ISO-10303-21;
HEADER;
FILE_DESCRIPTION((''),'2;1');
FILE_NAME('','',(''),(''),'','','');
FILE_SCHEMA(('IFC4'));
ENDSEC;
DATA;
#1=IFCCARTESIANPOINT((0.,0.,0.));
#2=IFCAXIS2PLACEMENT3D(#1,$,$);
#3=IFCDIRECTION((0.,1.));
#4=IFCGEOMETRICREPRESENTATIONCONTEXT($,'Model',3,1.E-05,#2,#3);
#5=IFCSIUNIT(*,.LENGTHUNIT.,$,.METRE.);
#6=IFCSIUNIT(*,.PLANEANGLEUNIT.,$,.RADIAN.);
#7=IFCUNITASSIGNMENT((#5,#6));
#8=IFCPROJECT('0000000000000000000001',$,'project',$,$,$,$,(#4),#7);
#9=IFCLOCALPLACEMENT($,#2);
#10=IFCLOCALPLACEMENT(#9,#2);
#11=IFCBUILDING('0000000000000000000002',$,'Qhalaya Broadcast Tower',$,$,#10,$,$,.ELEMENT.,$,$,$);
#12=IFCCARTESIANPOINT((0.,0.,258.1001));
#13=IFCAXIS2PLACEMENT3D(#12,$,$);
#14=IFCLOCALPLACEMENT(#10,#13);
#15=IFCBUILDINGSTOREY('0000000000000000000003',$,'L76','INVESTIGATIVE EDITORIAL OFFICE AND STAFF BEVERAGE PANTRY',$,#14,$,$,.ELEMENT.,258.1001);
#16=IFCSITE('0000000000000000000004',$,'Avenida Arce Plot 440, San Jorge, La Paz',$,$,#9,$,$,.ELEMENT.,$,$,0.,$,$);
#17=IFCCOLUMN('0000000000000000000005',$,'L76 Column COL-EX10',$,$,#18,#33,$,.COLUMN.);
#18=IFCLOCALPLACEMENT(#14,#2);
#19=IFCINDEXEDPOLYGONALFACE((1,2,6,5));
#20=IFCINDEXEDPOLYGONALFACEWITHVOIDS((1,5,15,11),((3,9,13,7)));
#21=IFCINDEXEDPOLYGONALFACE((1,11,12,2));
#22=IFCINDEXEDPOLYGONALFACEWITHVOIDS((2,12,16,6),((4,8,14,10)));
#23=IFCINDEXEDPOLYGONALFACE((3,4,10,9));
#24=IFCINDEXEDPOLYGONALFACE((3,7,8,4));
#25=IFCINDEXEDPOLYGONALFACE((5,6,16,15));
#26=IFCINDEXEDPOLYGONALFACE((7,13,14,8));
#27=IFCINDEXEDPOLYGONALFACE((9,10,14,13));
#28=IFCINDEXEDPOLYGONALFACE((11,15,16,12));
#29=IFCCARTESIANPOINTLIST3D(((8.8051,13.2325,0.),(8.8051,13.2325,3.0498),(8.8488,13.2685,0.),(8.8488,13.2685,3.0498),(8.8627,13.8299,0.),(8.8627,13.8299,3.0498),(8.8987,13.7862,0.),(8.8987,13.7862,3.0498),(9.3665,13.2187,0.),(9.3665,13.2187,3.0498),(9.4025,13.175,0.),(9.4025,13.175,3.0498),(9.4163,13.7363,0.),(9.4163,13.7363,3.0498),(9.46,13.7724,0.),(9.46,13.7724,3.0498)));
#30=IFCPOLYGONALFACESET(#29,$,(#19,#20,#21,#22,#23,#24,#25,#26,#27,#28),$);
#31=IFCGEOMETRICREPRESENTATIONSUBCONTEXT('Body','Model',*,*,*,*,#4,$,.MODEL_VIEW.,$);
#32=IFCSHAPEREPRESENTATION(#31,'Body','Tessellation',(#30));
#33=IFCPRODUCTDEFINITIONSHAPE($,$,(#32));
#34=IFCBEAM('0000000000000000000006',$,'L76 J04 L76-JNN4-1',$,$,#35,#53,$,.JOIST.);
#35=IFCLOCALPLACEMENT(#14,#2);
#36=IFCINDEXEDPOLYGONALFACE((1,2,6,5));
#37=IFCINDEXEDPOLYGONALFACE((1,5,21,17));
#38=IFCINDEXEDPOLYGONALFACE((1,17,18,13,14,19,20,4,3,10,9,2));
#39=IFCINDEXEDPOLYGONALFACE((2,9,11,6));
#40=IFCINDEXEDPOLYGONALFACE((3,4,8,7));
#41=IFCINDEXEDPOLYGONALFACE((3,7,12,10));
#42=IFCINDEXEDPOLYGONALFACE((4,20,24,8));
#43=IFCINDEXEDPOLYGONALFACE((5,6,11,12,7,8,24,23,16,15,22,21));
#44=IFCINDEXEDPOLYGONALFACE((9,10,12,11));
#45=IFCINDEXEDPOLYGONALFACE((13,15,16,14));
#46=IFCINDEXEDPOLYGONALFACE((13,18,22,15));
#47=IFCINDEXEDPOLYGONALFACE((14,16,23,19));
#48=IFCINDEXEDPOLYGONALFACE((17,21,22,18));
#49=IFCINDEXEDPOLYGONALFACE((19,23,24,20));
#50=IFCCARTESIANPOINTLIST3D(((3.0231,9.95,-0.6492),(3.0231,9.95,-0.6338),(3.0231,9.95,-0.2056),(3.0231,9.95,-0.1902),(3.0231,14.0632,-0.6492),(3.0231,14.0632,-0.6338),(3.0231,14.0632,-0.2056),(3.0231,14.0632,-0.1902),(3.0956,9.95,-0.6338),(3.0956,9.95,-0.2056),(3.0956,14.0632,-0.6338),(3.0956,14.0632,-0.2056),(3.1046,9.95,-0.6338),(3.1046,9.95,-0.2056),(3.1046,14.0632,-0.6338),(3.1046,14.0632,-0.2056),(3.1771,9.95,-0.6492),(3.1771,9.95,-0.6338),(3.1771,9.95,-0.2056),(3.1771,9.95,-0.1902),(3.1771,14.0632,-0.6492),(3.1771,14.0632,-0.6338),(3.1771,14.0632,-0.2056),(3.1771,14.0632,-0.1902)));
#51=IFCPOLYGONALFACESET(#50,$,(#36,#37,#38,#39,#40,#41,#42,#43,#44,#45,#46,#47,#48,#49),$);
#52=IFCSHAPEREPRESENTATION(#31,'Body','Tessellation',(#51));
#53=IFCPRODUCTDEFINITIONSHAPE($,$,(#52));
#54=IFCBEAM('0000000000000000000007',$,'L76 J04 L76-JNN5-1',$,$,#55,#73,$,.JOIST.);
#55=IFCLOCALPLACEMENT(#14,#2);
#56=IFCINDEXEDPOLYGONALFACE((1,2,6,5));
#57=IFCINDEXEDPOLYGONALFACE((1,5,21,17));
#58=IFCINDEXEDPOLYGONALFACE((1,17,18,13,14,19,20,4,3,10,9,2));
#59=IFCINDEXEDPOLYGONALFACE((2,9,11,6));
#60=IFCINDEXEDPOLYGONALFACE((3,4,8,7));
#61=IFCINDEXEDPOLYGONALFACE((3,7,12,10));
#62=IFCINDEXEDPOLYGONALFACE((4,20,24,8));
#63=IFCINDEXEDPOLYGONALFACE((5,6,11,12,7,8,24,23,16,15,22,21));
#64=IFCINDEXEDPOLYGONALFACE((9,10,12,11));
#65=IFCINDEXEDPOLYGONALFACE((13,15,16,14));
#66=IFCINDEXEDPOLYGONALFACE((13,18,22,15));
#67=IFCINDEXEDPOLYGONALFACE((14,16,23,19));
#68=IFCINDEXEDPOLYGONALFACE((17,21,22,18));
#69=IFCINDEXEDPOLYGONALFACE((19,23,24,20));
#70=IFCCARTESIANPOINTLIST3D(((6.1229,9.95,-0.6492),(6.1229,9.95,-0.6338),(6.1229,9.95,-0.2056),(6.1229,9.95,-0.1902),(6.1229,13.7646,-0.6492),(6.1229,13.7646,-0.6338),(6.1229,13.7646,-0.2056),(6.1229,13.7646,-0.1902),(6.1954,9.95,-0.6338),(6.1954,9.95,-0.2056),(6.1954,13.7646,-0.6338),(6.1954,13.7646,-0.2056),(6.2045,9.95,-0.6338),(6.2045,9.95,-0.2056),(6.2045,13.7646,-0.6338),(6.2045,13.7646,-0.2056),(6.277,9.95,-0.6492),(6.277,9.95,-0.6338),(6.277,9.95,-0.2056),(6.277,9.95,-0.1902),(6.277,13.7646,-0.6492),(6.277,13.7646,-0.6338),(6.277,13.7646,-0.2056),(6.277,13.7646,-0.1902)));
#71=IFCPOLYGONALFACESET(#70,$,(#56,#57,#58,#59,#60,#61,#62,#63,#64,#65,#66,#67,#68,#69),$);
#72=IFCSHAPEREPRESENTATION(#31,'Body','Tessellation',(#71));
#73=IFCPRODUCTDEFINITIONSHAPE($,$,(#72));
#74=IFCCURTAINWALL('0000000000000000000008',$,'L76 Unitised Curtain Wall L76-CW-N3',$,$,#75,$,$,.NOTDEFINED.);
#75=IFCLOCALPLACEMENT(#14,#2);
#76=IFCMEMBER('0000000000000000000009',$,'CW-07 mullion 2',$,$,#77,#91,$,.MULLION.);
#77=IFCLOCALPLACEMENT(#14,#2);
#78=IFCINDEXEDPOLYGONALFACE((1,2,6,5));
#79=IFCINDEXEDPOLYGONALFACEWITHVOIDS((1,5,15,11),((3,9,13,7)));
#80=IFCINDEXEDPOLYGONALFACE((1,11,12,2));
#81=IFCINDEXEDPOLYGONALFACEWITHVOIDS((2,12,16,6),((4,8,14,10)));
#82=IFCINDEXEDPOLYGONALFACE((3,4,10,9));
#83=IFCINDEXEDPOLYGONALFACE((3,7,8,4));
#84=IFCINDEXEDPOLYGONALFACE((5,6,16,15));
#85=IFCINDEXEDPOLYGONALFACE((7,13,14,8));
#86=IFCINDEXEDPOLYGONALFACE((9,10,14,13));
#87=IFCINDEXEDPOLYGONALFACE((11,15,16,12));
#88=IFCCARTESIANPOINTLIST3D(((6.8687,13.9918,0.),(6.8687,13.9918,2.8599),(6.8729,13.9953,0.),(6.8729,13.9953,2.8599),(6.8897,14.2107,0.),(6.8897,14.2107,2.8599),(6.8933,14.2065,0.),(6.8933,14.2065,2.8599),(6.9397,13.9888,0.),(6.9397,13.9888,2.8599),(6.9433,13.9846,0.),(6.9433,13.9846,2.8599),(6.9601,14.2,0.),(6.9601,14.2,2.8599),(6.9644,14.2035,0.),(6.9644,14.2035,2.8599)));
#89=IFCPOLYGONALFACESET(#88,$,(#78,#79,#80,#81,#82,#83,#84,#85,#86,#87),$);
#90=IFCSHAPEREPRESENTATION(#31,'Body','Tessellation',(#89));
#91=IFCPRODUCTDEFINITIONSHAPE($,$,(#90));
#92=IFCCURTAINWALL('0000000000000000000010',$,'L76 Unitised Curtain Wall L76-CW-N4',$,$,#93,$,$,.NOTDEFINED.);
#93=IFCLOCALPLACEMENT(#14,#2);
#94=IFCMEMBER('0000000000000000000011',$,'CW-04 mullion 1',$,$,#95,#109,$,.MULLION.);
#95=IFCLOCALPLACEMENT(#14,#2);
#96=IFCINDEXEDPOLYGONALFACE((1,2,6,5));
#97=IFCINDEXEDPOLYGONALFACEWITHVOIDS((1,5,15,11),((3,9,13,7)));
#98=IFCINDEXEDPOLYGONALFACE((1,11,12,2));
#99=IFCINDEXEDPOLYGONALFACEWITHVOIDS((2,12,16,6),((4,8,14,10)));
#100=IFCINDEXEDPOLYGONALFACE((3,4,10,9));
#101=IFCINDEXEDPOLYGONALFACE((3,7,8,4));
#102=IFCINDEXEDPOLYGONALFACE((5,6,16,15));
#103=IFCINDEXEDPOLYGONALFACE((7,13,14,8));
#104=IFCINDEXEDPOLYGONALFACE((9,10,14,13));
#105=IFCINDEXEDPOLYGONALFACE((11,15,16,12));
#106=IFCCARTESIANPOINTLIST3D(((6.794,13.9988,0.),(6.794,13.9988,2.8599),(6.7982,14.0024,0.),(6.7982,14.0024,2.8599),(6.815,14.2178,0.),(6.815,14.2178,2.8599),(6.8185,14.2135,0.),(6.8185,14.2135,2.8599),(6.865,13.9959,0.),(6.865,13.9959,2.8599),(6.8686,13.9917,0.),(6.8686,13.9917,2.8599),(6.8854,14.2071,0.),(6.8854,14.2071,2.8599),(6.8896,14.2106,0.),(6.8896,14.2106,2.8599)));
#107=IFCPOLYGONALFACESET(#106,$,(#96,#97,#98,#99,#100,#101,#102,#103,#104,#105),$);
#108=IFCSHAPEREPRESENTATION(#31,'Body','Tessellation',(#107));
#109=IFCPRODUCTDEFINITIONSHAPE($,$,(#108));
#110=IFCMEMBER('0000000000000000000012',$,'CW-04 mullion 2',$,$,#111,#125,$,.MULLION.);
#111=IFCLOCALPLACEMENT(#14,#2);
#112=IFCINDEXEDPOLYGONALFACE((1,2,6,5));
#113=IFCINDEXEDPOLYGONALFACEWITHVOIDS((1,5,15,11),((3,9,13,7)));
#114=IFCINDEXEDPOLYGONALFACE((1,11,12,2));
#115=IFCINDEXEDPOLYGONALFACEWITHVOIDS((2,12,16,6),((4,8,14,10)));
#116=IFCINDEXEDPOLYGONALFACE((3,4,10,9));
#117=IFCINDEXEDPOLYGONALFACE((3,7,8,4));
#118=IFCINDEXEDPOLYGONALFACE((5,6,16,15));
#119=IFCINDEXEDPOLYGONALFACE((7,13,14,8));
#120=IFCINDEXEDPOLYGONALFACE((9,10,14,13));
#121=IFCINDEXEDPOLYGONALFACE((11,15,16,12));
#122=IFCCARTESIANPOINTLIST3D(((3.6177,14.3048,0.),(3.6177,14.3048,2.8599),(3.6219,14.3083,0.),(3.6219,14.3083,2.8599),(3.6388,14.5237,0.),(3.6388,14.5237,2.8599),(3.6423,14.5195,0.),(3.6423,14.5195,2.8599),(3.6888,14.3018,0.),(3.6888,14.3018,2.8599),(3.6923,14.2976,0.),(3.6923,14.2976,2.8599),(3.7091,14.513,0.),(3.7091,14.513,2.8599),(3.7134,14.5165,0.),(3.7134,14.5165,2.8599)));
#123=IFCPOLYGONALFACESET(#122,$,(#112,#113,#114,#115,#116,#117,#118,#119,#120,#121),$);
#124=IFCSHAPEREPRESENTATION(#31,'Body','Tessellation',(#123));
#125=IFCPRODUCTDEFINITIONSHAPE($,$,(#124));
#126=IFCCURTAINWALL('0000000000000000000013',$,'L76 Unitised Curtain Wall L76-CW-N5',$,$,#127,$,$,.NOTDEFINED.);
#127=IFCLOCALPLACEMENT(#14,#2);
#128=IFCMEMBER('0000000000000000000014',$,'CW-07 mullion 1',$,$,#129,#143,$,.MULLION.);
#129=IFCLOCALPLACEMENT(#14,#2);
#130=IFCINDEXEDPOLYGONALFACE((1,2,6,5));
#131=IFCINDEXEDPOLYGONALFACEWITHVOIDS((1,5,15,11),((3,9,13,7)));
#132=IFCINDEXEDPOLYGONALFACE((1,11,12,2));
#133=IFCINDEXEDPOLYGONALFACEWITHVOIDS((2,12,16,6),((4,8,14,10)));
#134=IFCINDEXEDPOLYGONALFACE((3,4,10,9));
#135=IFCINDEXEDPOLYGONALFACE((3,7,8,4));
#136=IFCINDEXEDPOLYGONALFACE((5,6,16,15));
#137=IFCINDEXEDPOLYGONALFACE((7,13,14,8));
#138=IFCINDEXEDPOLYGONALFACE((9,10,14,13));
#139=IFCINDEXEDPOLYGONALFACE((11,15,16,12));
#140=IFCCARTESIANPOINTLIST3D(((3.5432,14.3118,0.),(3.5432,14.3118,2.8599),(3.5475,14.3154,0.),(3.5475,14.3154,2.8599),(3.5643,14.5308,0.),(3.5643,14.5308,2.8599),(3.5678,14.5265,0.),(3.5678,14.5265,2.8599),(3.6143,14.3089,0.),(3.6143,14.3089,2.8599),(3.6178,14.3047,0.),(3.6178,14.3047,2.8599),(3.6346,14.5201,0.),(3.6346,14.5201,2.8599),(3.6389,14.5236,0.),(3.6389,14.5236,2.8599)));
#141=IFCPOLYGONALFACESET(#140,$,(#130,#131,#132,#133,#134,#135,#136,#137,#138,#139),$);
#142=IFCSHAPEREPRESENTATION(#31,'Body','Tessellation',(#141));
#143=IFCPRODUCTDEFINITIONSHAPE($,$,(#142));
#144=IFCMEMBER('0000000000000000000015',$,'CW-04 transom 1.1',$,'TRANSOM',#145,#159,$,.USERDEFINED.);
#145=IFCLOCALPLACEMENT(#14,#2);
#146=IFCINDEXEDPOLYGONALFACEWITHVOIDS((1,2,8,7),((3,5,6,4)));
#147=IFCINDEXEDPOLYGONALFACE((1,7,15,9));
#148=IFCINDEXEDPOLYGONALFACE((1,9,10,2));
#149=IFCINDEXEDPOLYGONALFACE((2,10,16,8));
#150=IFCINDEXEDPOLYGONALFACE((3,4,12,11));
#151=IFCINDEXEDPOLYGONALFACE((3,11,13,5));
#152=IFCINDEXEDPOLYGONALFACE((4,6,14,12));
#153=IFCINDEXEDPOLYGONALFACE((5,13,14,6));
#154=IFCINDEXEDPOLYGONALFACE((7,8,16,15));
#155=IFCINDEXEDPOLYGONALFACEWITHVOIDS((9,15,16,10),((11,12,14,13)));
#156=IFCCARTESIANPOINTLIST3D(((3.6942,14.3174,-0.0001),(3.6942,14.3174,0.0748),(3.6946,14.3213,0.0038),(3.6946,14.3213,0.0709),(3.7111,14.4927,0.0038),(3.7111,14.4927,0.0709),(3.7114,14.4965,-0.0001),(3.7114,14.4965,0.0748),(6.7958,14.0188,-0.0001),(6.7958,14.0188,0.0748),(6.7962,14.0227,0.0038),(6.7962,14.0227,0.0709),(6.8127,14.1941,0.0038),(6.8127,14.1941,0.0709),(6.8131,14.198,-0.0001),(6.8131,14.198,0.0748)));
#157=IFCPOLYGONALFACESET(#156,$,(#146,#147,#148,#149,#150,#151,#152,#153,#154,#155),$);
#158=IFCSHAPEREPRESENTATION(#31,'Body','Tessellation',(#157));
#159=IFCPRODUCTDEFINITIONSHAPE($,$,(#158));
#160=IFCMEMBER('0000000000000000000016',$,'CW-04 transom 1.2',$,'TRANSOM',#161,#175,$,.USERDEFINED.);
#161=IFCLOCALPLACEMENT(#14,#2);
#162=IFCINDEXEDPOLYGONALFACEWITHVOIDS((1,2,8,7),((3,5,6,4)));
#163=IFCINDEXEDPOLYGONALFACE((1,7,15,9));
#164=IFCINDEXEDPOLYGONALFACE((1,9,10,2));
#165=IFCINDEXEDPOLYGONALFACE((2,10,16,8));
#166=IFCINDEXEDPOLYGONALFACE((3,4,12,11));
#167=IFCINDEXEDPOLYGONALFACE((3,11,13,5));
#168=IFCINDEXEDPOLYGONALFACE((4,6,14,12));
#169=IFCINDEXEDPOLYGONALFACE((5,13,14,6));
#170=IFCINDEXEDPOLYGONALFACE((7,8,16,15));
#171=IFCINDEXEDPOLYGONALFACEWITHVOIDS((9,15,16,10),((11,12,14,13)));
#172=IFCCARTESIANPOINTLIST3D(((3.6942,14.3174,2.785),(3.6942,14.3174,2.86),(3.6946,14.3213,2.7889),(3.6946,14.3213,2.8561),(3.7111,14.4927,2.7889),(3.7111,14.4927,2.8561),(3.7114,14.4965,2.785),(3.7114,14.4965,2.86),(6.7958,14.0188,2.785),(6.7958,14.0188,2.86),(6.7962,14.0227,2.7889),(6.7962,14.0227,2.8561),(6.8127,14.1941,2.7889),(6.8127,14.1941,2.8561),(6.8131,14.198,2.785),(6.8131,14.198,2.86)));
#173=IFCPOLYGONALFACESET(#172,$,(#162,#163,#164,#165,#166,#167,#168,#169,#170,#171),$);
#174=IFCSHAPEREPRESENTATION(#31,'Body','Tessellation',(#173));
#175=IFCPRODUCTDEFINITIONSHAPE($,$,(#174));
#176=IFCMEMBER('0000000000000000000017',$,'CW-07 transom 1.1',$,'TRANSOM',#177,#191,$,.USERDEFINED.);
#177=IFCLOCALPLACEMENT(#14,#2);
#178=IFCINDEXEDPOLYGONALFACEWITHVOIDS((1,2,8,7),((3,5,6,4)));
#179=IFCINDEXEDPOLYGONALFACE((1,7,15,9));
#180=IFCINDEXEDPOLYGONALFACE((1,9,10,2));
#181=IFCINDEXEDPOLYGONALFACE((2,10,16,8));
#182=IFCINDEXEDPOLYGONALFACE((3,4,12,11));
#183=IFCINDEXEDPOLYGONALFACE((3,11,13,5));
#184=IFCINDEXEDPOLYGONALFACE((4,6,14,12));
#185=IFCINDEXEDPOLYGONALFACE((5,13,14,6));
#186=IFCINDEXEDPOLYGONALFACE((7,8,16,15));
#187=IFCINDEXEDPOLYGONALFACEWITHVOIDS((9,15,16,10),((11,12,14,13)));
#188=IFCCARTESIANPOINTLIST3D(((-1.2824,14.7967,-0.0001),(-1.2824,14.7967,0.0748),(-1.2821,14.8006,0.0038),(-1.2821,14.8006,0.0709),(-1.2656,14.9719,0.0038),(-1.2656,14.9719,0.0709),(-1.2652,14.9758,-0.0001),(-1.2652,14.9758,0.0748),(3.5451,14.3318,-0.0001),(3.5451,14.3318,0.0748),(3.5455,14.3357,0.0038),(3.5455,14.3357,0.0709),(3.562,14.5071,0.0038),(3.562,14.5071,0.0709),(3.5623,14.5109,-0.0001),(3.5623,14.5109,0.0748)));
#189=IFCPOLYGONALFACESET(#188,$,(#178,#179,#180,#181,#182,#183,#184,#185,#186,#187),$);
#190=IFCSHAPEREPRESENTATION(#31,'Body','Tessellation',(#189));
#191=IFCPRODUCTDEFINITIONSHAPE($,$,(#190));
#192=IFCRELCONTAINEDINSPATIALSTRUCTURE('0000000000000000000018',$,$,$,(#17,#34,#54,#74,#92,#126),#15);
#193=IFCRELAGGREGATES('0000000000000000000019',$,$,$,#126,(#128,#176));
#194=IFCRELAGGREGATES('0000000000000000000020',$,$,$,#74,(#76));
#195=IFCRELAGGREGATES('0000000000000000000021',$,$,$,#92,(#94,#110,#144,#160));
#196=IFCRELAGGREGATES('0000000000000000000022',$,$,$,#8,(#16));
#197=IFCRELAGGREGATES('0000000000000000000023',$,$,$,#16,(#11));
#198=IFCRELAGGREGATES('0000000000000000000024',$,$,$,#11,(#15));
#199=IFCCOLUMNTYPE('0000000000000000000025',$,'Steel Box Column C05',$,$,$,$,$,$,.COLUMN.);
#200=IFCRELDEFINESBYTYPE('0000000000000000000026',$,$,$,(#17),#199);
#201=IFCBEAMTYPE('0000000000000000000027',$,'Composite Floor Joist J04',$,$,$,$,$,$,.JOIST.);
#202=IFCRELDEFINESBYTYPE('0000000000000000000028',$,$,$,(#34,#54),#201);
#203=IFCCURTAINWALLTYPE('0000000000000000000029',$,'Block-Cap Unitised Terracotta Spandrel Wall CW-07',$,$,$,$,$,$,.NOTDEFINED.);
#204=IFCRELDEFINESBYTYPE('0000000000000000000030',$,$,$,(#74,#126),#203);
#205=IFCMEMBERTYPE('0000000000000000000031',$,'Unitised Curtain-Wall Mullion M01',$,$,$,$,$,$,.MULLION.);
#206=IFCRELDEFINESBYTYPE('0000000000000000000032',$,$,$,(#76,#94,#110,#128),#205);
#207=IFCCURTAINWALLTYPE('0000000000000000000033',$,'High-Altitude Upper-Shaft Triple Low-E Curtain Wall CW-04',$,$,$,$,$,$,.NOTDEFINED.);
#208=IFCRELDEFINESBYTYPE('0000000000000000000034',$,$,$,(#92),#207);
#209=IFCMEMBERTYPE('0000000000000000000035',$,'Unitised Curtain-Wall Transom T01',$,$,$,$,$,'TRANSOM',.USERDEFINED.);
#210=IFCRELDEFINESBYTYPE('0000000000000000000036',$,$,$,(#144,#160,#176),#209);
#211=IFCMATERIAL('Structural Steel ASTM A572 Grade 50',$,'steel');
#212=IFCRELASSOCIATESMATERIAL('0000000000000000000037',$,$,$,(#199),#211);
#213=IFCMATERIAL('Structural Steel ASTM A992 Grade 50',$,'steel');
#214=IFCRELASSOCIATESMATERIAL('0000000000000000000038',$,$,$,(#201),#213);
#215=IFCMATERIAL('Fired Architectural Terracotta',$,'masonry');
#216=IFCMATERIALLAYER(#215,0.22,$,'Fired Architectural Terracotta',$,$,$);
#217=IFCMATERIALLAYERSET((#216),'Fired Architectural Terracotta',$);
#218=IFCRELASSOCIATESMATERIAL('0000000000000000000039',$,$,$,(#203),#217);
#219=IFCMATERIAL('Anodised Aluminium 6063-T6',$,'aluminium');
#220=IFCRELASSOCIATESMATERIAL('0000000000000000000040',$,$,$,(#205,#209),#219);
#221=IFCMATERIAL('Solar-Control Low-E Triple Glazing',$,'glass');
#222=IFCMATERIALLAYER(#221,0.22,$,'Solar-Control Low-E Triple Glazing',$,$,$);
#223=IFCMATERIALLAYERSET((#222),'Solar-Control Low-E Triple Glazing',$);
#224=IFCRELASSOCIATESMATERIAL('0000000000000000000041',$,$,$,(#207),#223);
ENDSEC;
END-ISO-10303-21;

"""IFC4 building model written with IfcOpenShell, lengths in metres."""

from ifc_helpers import new_model, si_unit, direction, frame, origin, origin_2d, place, context, subcontext, project, spatial, hollow_rectangle, i_section, extrude, material, layer, layer_set, material_profile, profile_set, type_object, element, aggregate, save


model = new_model("IFC4")

# Units and contexts
model_context = context("Model", 3, precision=1e-05, world=origin(), true_north=direction((0.0, 1.0)))
body_context = subcontext(model_context, "Body", "Model", "MODEL_VIEW")
ifc_project = project(units=[si_unit("LENGTHUNIT", "METRE"), si_unit("PLANEANGLEUNIT", "RADIAN")], contexts=[model_context])

# Site, building, storey
site_placement = place(None, origin())
site = spatial("IfcSite", under=ifc_project, at=site_placement, Name="Avenida Arce Plot 440, San Jorge, La Paz", CompositionType="ELEMENT", RefElevation=0.0)
building_placement = place(site_placement, origin())
building = spatial("IfcBuilding", under=site, at=building_placement, Name="Qhalaya Broadcast Tower", CompositionType="ELEMENT")
storey_placement = place(building_placement, frame((0.0, 0.0, 258.1001)))
storey = spatial("IfcBuildingStorey", under=building, at=storey_placement, Name="L76", Description="INVESTIGATIVE EDITORIAL OFFICE AND STAFF BEVERAGE PANTRY", CompositionType="ELEMENT", Elevation=258.1001)

# Column
ifc_material_1 = material(Name="Structural Steel ASTM A572 Grade 50", Category="steel")
ifc_material_profile_1 = material_profile(ifc_material_1, hollow_rectangle(XDim=0.6001, YDim=0.6001, WallThickness=0.04, at=origin_2d()), Name="BOX 600x600x40")
ifc_profile_set_1 = profile_set([ifc_material_profile_1], Name="Structural Steel ASTM A572 Grade 50")
column_type = type_object("IfcColumnType", Name="Steel Box Column C05", PredefinedType="COLUMN", material=ifc_profile_set_1)
column_placement = place(storey_placement, frame((9.1326, 13.5024, 0.0), z_axis=(0.0, 0.0, 1.0), x_axis=(0.995396, -0.095846, 0.0)))
element("IfcColumn", 1, at=column_placement, inside=storey, type_object=column_type, Name="L76 Column COL-EX10", PredefinedType="COLUMN", context=body_context, shape_type="SweptSolid", body=[
    extrude(hollow_rectangle(XDim=0.6001, YDim=0.6001, WallThickness=0.04, at=origin_2d()), origin(), (0.0, 0.0, 1.0), 3.0498),
])

# Beams
ifc_material_2 = material(Name="Structural Steel ASTM A992 Grade 50", Category="steel")
ifc_material_profile_2 = material_profile(ifc_material_2, i_section(OverallWidth=0.1541, OverallDepth=0.459, WebThickness=0.009, FlangeThickness=0.0154, at=origin_2d()), Name="W18X46")
ifc_profile_set_2 = profile_set([ifc_material_profile_2], Name="Structural Steel ASTM A992 Grade 50")
beam_type_1 = type_object("IfcBeamType", Name="Composite Floor Joist J04", PredefinedType="JOIST", material=ifc_profile_set_2)
beam_1_placement = place(storey_placement, frame((3.1001, 9.95, -0.4197), z_axis=(0.0, 1.0, 0.0), x_axis=(-1.0, 0.0, 0.0)))
element("IfcBeam", 2, at=beam_1_placement, inside=storey, type_object=beam_type_1, Name="L76 J04 L76-JNN4-1", PredefinedType="JOIST", context=body_context, shape_type="SweptSolid", body=[
    extrude(i_section(OverallWidth=0.1541, OverallDepth=0.459, WebThickness=0.009, FlangeThickness=0.0154, at=origin_2d()), origin(), (0.0, 0.0, 1.0), 4.1133),
])
beam_2_placement = place(storey_placement, frame((6.2, 9.95, -0.4197), z_axis=(0.0, 1.0, 0.0), x_axis=(-1.0, 0.0, 0.0)))
element("IfcBeam", 3, at=beam_2_placement, inside=storey, type_object=beam_type_1, Name="L76 J04 L76-JNN5-1", PredefinedType="JOIST", context=body_context, shape_type="SweptSolid", body=[
    extrude(i_section(OverallWidth=0.1541, OverallDepth=0.459, WebThickness=0.009, FlangeThickness=0.0154, at=origin_2d()), origin(), (0.0, 0.0, 1.0), 3.8147),
])

# Curtain wall, member
ifc_material_3 = material(Name="Fired Architectural Terracotta", Category="masonry")
ifc_layer_1 = layer(ifc_material_3, 0.22, Name="Fired Architectural Terracotta")
ifc_layer_set_1 = layer_set([ifc_layer_1], Name="Fired Architectural Terracotta")
curtain_wall_type_1 = type_object("IfcCurtainWallType", Name="Block-Cap Unitised Terracotta Spandrel Wall CW-07", PredefinedType="NOTDEFINED", material=ifc_layer_set_1)
curtain_wall_1_placement = place(storey_placement, origin())
curtain_wall_1 = element("IfcCurtainWall", 4, at=curtain_wall_1_placement, inside=storey, type_object=curtain_wall_type_1, Name="L76 Unitised Curtain Wall L76-CW-N3", PredefinedType="NOTDEFINED")
ifc_material_4 = material(Name="Anodised Aluminium 6063-T6", Category="aluminium")
ifc_material_profile_3 = material_profile(ifc_material_4, hollow_rectangle(XDim=0.075, YDim=0.22, WallThickness=0.0039, at=origin_2d()), Name="ALU-MUL 75x220x4")
ifc_profile_set_3 = profile_set([ifc_material_profile_3], Name="Anodised Aluminium 6063-T6")
member_type_1 = type_object("IfcMemberType", Name="Unitised Curtain-Wall Mullion M01", PredefinedType="MULLION", material=ifc_profile_set_3)
member_1_placement = place(storey_placement, frame((6.9165, 14.0977, 0.0), z_axis=(0.0, 0.0, 1.0), x_axis=(-0.995395, 0.09586, 0.0)))
member_1 = element("IfcMember", 5, at=member_1_placement, type_object=member_type_1, Name="CW-07 mullion 2", PredefinedType="MULLION", context=body_context, shape_type="SweptSolid", body=[
    extrude(hollow_rectangle(XDim=0.075, YDim=0.22, WallThickness=0.0039, at=origin_2d()), origin(), (0.0, 0.0, 1.0), 2.8599),
])

# Curtain wall, members
ifc_material_5 = material(Name="Solar-Control Low-E Triple Glazing", Category="glass")
ifc_layer_2 = layer(ifc_material_5, 0.22, Name="Solar-Control Low-E Triple Glazing")
ifc_layer_set_2 = layer_set([ifc_layer_2], Name="Solar-Control Low-E Triple Glazing")
curtain_wall_type_2 = type_object("IfcCurtainWallType", Name="High-Altitude Upper-Shaft Triple Low-E Curtain Wall CW-04", PredefinedType="NOTDEFINED", material=ifc_layer_set_2)
curtain_wall_2_placement = place(storey_placement, origin())
curtain_wall_2 = element("IfcCurtainWall", 6, at=curtain_wall_2_placement, inside=storey, type_object=curtain_wall_type_2, Name="L76 Unitised Curtain Wall L76-CW-N4", PredefinedType="NOTDEFINED")
member_2_placement = place(storey_placement, frame((6.8418, 14.1047, 0.0), z_axis=(0.0, 0.0, 1.0), x_axis=(-0.995397, 0.095838, 0.0)))
member_2 = element("IfcMember", 7, at=member_2_placement, type_object=member_type_1, Name="CW-04 mullion 1", PredefinedType="MULLION", context=body_context, shape_type="SweptSolid", body=[
    extrude(hollow_rectangle(XDim=0.075, YDim=0.22, WallThickness=0.0039, at=origin_2d()), origin(), (0.0, 0.0, 1.0), 2.8599),
])
member_3_placement = place(storey_placement, frame((3.6655, 14.4106, 0.0), z_axis=(0.0, 0.0, 1.0), x_axis=(-0.995397, 0.095838, 0.0)))
member_3 = element("IfcMember", 8, at=member_3_placement, type_object=member_type_1, Name="CW-04 mullion 2", PredefinedType="MULLION", context=body_context, shape_type="SweptSolid", body=[
    extrude(hollow_rectangle(XDim=0.075, YDim=0.22, WallThickness=0.0039, at=origin_2d()), origin(), (0.0, 0.0, 1.0), 2.8599),
])

# Curtain wall, member
curtain_wall_3_placement = place(storey_placement, origin())
curtain_wall_3 = element("IfcCurtainWall", 9, at=curtain_wall_3_placement, inside=storey, type_object=curtain_wall_type_1, Name="L76 Unitised Curtain Wall L76-CW-N5", PredefinedType="NOTDEFINED")
member_4_placement = place(storey_placement, frame((3.5911, 14.4177, 0.0), z_axis=(0.0, 0.0, 1.0), x_axis=(-0.995395, 0.09586, 0.0)))
member_4 = element("IfcMember", 10, at=member_4_placement, type_object=member_type_1, Name="CW-07 mullion 1", PredefinedType="MULLION", context=body_context, shape_type="SweptSolid", body=[
    extrude(hollow_rectangle(XDim=0.075, YDim=0.22, WallThickness=0.0039, at=origin_2d()), origin(), (0.0, 0.0, 1.0), 2.8599),
])

# Members
ifc_material_profile_4 = material_profile(ifc_material_4, hollow_rectangle(XDim=0.075, YDim=0.1799, WallThickness=0.0039, at=origin_2d()), Name="ALU-TRN 75x180x4")
ifc_profile_set_4 = profile_set([ifc_material_profile_4], Name="Anodised Aluminium 6063-T6")
member_type_2 = type_object("IfcMemberType", Name="Unitised Curtain-Wall Transom T01", ElementType="TRANSOM", PredefinedType="USERDEFINED", material=ifc_profile_set_4)
member_5_placement = place(storey_placement, frame((6.8044, 14.1084, 0.0374), z_axis=(-0.995398, 0.095826, 0.0), x_axis=(0.0, 0.0, 1.0)))
member_5 = element("IfcMember", 11, at=member_5_placement, type_object=member_type_2, Name="CW-04 transom 1.1", ObjectType="TRANSOM", PredefinedType="USERDEFINED", context=body_context, shape_type="SweptSolid", body=[
    extrude(hollow_rectangle(XDim=0.075, YDim=0.1799, WallThickness=0.0039, at=origin_2d()), origin(), (0.0, 0.0, 1.0), 3.116),
])
member_6_placement = place(storey_placement, frame((6.8044, 14.1084, 2.8225), z_axis=(-0.995398, 0.095826, 0.0), x_axis=(0.0, 0.0, 1.0)))
member_6 = element("IfcMember", 12, at=member_6_placement, type_object=member_type_2, Name="CW-04 transom 1.2", ObjectType="TRANSOM", PredefinedType="USERDEFINED", context=body_context, shape_type="SweptSolid", body=[
    extrude(hollow_rectangle(XDim=0.075, YDim=0.1799, WallThickness=0.0039, at=origin_2d()), origin(), (0.0, 0.0, 1.0), 3.116),
])
member_7_placement = place(storey_placement, frame((3.5537, 14.4214, 0.0374), z_axis=(-0.995396, 0.095845, 0.0), x_axis=(0.0, 0.0, 1.0)))
member_7 = element("IfcMember", 13, at=member_7_placement, type_object=member_type_2, Name="CW-07 transom 1.1", ObjectType="TRANSOM", PredefinedType="USERDEFINED", context=body_context, shape_type="SweptSolid", body=[
    extrude(hollow_rectangle(XDim=0.075, YDim=0.1799, WallThickness=0.0039, at=origin_2d()), origin(), (0.0, 0.0, 1.0), 4.8499),
])
aggregate(curtain_wall_3, [member_4, member_7])

aggregate(curtain_wall_1, [member_1])
aggregate(curtain_wall_2, [member_2, member_3, member_5, member_6])

save(model, "model.ifc")
